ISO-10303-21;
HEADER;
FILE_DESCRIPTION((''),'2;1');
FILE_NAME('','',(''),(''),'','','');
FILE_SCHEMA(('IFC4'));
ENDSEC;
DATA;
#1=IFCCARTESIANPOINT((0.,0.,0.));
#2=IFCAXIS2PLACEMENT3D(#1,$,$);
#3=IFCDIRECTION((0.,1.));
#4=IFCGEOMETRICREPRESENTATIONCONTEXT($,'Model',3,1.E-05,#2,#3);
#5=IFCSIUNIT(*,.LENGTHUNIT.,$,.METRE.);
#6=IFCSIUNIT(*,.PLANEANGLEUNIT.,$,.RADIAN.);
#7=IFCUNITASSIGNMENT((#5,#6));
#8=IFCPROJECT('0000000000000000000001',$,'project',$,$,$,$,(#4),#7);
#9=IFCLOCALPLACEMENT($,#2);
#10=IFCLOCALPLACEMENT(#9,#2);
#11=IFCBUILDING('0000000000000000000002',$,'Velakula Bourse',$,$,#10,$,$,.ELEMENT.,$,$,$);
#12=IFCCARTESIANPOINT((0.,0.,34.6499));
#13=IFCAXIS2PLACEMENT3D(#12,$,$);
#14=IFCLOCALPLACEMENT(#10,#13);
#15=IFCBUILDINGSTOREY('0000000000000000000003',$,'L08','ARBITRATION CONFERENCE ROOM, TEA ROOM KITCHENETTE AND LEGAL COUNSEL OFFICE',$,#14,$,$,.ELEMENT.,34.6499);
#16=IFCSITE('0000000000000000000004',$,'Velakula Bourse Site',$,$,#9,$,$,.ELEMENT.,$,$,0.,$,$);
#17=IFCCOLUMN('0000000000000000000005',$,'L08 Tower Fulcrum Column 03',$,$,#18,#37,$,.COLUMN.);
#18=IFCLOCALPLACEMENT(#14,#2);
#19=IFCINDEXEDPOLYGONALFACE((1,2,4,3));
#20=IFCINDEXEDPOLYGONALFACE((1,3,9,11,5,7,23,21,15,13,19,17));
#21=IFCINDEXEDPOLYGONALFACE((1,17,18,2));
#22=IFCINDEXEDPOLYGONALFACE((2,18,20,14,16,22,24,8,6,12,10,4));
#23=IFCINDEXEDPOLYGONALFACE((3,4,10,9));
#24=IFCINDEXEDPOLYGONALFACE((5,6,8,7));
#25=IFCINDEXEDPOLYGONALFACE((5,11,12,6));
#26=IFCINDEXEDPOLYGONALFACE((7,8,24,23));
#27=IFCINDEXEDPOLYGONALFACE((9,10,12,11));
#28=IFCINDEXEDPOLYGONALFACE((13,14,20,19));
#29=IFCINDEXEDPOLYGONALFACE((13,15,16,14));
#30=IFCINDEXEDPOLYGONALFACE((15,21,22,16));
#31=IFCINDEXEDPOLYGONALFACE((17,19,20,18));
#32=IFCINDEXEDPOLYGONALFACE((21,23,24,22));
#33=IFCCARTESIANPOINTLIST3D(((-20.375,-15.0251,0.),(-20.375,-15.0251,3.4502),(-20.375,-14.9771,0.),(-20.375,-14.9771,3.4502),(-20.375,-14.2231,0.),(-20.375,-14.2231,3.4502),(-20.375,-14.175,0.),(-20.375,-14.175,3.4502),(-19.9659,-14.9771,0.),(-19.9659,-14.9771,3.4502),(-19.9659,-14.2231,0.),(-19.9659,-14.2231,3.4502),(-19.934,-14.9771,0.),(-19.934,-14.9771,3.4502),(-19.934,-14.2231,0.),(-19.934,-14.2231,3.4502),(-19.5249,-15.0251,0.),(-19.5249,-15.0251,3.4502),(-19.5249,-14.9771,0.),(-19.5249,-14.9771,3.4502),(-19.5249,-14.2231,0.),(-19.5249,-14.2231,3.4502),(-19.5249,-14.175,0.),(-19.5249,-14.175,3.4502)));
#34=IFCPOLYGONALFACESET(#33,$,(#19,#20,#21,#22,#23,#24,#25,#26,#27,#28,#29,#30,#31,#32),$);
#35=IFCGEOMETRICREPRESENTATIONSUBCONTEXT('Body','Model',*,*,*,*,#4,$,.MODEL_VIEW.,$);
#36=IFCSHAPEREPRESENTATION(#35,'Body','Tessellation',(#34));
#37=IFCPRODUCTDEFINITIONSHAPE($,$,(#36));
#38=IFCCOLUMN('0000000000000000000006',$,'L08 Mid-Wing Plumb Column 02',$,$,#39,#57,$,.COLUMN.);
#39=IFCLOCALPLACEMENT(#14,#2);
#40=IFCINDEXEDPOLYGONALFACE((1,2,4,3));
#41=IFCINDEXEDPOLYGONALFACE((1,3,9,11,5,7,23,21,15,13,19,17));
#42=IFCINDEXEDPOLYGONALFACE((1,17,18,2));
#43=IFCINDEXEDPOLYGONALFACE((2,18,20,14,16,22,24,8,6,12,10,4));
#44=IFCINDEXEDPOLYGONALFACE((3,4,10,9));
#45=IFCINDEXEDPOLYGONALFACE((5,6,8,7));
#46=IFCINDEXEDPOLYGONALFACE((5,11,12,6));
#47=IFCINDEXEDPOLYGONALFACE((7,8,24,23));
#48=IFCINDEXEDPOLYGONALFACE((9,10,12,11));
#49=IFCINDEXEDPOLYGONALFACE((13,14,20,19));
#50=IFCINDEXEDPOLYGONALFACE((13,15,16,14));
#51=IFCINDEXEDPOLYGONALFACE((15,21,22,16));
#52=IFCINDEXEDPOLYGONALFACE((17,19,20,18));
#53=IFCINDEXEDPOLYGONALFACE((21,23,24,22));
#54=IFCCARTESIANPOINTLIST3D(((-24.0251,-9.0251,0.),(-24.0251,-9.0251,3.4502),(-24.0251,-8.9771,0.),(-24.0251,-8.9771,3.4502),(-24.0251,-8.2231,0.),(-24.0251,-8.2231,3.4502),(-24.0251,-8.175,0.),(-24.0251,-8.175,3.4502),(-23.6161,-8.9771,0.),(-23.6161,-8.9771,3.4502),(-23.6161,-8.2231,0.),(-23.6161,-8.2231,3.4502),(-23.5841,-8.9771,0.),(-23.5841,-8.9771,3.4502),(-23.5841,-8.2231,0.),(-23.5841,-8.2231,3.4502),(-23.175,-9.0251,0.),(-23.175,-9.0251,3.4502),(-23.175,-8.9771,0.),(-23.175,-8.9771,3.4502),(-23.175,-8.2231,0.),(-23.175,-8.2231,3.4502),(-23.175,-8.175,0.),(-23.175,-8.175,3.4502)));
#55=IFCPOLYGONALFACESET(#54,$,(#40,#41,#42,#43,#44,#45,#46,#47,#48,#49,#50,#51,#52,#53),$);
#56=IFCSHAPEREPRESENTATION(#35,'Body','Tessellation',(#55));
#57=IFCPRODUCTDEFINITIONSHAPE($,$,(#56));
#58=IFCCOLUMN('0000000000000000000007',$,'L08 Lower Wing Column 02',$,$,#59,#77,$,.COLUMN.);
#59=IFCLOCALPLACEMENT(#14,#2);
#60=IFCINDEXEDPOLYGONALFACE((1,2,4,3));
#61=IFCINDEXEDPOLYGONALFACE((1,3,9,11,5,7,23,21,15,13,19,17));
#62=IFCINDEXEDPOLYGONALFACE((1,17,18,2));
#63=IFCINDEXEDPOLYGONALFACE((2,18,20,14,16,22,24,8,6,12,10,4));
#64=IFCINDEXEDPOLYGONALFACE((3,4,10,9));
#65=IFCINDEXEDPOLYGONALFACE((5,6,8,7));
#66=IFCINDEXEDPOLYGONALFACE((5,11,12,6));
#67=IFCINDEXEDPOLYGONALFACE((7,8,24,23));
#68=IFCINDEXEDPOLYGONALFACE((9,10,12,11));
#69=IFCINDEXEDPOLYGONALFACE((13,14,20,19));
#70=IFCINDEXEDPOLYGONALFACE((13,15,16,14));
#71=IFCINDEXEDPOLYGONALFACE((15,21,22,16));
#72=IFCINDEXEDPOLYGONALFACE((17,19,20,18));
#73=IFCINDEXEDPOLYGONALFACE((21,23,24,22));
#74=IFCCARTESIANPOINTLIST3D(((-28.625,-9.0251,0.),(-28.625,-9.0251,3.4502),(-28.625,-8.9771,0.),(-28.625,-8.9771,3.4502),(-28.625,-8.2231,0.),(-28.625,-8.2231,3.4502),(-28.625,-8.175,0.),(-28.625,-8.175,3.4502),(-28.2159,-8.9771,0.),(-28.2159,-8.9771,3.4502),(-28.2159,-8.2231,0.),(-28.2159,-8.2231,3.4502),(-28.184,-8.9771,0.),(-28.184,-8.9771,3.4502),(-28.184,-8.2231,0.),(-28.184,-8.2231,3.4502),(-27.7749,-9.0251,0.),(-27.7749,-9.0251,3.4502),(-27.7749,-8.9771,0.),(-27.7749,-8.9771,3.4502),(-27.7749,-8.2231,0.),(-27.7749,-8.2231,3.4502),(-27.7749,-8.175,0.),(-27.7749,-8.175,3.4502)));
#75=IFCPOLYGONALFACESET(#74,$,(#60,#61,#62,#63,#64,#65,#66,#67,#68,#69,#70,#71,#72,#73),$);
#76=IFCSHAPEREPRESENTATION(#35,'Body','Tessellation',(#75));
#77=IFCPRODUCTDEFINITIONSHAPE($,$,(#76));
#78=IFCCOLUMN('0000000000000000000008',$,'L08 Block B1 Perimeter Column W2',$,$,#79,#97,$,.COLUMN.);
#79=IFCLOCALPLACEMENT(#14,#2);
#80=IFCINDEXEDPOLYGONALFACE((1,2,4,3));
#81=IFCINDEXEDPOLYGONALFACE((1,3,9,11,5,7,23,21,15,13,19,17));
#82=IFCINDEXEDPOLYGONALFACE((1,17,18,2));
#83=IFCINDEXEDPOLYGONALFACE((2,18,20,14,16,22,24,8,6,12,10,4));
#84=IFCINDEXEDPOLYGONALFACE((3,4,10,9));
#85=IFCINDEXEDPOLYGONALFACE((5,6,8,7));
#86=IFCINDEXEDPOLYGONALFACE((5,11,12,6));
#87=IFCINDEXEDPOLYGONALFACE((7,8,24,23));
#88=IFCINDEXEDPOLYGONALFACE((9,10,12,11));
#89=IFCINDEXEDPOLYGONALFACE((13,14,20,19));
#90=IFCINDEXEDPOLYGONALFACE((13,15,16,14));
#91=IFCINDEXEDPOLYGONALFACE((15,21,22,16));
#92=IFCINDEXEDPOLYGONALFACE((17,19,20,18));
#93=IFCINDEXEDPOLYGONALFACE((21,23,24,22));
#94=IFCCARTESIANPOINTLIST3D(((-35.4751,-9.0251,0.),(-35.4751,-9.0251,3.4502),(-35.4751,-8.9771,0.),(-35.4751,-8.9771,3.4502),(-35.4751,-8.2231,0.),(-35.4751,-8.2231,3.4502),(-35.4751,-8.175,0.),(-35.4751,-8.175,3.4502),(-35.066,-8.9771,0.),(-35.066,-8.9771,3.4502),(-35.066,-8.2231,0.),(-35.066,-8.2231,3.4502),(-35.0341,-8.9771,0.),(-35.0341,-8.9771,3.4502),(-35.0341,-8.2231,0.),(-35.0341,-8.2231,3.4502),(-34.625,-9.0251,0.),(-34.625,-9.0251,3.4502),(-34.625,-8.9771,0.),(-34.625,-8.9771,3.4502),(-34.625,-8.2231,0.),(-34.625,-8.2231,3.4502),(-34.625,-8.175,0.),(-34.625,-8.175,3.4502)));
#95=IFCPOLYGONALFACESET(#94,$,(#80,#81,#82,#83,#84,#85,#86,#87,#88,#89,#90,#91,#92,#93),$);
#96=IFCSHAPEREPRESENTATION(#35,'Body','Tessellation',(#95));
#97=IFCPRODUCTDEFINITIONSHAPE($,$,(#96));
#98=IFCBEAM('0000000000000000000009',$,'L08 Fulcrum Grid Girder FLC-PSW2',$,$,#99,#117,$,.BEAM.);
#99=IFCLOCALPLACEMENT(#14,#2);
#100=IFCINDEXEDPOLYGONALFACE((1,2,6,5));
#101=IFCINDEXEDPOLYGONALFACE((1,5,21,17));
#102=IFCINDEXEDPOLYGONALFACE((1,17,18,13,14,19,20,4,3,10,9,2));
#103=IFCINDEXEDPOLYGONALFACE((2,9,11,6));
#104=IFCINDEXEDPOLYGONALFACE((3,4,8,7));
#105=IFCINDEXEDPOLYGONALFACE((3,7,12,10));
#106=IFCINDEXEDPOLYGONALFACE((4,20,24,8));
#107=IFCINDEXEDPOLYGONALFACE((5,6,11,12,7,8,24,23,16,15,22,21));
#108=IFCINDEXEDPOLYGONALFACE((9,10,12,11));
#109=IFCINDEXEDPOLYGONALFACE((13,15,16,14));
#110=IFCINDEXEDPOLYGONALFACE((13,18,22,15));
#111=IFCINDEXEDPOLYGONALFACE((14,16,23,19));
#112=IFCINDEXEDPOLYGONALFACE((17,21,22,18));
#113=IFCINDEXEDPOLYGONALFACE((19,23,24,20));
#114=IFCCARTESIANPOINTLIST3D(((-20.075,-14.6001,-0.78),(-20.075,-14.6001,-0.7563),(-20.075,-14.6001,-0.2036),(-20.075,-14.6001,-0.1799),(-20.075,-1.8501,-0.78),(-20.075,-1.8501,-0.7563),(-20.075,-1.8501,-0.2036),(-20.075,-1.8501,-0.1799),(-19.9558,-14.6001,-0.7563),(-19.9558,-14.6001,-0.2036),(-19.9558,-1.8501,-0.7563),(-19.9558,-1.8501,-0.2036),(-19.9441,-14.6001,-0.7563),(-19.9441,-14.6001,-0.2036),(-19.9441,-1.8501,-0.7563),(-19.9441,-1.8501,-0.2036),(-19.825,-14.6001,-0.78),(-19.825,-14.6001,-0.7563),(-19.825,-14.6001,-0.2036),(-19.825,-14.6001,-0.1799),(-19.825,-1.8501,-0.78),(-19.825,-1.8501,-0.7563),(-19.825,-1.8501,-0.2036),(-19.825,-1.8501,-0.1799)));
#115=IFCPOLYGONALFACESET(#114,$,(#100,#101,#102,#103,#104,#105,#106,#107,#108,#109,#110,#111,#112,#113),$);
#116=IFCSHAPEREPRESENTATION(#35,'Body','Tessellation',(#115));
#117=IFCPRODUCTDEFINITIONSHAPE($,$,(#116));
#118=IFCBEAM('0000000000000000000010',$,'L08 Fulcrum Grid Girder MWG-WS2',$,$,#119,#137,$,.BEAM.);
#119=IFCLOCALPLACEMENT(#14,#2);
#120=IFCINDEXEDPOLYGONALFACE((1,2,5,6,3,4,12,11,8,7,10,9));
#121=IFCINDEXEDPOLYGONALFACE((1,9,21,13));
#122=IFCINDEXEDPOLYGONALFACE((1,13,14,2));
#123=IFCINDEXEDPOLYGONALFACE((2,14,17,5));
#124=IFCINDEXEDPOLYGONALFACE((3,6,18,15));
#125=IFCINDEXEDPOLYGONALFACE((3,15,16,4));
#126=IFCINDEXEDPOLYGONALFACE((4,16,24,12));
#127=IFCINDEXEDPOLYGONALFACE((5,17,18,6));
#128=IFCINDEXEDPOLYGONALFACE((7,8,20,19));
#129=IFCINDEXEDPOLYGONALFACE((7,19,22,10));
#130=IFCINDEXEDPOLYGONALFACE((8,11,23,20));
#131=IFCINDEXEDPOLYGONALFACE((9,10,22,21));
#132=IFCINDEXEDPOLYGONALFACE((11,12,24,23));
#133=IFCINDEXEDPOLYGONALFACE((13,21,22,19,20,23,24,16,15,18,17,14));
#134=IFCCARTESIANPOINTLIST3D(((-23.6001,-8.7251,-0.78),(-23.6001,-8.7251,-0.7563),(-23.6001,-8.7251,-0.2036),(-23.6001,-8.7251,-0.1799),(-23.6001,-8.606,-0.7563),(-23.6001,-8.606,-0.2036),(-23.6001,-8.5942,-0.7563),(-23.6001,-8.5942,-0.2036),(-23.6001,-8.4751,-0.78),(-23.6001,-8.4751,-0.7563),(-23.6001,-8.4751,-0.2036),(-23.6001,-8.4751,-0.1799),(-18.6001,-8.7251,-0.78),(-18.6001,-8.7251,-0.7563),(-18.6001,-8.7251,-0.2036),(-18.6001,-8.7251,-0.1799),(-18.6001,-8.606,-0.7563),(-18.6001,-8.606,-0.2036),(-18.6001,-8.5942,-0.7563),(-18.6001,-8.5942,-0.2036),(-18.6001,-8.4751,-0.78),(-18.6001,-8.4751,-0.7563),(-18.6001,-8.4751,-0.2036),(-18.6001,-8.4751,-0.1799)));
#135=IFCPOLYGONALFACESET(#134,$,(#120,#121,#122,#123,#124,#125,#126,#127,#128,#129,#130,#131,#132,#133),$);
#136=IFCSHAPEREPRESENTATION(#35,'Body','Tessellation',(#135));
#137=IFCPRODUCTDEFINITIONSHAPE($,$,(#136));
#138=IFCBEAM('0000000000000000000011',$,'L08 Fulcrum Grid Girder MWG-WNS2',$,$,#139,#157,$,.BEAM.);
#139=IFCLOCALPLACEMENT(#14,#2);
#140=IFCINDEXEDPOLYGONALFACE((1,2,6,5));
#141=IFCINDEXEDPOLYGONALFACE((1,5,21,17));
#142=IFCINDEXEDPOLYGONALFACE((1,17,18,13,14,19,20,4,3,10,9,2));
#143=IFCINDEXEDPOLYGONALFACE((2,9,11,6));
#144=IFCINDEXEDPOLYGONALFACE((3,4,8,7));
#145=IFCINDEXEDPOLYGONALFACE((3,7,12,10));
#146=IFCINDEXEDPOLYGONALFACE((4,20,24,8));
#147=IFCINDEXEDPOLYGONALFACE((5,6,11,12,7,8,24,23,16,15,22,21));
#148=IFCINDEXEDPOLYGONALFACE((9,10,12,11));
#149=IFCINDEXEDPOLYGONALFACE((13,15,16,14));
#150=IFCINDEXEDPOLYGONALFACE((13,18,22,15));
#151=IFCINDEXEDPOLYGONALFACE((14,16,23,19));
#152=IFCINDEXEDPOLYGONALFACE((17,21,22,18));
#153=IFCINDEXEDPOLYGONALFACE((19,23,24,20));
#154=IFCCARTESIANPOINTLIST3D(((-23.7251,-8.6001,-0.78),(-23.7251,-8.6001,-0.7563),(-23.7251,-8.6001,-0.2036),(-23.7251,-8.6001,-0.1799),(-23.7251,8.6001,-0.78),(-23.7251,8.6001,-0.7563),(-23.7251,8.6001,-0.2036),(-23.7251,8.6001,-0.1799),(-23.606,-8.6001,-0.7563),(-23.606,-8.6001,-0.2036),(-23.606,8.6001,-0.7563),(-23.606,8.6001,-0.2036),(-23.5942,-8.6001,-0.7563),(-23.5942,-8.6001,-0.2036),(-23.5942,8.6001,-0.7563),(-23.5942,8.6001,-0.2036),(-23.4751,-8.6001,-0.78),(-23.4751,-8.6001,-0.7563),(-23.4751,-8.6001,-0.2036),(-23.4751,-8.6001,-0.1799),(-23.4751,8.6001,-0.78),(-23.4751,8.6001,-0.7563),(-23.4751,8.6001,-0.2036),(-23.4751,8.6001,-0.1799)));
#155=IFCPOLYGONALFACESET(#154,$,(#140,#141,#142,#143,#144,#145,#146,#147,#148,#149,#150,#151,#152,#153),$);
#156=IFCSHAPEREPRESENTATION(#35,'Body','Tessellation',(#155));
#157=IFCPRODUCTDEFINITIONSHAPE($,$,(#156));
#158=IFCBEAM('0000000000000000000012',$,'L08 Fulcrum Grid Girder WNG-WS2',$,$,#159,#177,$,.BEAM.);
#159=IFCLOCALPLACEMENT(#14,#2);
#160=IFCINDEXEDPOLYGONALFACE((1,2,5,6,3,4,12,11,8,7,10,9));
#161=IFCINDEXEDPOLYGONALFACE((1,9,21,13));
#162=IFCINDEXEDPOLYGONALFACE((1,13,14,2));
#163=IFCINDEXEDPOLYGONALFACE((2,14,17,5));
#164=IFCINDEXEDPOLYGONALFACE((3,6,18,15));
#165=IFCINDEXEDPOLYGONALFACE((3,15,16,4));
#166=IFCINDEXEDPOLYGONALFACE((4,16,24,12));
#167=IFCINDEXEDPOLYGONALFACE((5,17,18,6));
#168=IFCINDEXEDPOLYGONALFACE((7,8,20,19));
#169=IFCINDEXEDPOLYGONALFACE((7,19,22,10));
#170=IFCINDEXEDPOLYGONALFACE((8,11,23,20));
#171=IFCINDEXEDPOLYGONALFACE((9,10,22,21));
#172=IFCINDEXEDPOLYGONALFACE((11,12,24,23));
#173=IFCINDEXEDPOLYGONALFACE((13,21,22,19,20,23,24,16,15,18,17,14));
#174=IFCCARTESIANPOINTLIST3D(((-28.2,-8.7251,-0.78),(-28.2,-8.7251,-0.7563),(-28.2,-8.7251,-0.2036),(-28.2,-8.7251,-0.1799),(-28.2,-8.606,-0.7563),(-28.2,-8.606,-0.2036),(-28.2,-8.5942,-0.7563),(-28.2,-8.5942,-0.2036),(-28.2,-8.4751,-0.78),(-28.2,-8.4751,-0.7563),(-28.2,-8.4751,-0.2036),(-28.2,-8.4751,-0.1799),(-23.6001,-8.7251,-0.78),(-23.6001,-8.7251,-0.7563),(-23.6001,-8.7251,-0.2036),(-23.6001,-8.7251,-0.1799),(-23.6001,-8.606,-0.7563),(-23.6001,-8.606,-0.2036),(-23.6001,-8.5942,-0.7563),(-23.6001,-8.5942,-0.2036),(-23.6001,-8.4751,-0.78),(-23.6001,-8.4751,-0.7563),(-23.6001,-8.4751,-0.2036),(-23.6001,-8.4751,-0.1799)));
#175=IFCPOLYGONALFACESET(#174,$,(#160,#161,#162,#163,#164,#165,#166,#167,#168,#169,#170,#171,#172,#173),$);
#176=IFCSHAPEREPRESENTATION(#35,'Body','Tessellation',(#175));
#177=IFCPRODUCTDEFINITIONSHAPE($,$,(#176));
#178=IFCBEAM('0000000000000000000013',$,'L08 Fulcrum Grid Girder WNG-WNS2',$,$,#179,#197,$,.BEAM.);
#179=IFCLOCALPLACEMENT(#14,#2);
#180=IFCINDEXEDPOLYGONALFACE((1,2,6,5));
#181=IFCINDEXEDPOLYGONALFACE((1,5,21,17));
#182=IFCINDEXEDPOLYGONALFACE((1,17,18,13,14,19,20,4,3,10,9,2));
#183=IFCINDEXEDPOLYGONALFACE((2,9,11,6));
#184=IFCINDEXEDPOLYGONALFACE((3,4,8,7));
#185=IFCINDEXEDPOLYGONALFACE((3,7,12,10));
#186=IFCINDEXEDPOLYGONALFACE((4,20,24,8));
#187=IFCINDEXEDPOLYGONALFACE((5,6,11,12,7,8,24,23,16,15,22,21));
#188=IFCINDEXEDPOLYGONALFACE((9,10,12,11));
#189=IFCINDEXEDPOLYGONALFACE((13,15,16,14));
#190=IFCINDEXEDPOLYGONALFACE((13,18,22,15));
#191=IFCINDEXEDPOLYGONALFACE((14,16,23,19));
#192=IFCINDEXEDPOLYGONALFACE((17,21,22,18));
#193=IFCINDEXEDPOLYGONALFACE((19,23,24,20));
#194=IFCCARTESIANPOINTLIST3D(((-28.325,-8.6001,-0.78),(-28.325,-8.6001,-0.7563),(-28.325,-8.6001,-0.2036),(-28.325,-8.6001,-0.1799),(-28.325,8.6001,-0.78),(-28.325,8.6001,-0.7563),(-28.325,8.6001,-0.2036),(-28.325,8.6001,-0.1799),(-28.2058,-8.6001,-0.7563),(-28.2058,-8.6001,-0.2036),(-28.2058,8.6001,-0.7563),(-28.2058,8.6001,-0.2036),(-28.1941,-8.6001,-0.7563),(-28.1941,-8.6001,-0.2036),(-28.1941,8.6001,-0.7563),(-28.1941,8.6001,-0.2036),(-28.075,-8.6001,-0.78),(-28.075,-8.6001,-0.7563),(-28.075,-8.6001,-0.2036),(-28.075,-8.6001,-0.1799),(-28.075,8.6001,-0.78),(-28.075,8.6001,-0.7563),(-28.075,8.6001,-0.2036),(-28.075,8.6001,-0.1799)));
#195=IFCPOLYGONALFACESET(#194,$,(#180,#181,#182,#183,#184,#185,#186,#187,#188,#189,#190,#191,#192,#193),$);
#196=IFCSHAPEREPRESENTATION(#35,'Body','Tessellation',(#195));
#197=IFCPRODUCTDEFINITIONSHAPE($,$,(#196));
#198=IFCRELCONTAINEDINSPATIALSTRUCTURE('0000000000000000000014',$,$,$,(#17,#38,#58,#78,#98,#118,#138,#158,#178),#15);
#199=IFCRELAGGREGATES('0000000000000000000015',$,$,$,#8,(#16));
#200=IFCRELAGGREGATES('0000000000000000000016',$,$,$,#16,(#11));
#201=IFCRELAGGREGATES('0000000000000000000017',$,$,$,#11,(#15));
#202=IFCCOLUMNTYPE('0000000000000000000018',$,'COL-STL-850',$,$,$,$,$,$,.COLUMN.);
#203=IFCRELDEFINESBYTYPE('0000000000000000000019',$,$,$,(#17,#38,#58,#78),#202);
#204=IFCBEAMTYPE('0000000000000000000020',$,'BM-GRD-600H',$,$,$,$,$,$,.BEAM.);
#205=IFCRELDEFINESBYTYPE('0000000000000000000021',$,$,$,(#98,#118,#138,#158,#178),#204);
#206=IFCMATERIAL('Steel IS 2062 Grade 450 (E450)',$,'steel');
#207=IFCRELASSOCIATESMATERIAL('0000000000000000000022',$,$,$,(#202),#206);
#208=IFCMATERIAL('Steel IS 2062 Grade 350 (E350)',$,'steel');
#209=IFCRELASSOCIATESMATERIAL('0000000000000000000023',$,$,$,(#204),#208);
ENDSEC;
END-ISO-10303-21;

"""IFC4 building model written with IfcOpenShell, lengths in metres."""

from ifc_helpers import new_model, si_unit, direction, frame, origin, origin_2d, place, context, subcontext, project, spatial, i_section, extrude, material, material_profile, profile_set, type_object, element, save


model = new_model("IFC4")

# Units and contexts
model_context = context("Model", 3, precision=1e-05, world=origin(), true_north=direction((0.0, 1.0)))
body_context = subcontext(model_context, "Body", "Model", "MODEL_VIEW")
ifc_project = project(units=[si_unit("LENGTHUNIT", "METRE"), si_unit("PLANEANGLEUNIT", "RADIAN")], contexts=[model_context])

# Site, building, storey
site_placement = place(None, origin())
site = spatial("IfcSite", under=ifc_project, at=site_placement, Name="Velakula Bourse Site", CompositionType="ELEMENT", RefElevation=0.0)
building_placement = place(site_placement, origin())
building = spatial("IfcBuilding", under=site, at=building_placement, Name="Velakula Bourse", CompositionType="ELEMENT")
storey_placement = place(building_placement, frame((0.0, 0.0, 34.6499)))
storey = spatial("IfcBuildingStorey", under=building, at=storey_placement, Name="L08", Description="ARBITRATION CONFERENCE ROOM, TEA ROOM KITCHENETTE AND LEGAL COUNSEL OFFICE", CompositionType="ELEMENT", Elevation=34.6499)

# Columns
ifc_material_1 = material(Name="Steel IS 2062 Grade 450 (E450)", Category="steel")
ifc_material_profile_1 = material_profile(ifc_material_1, i_section(OverallWidth=0.8501, OverallDepth=0.8501, WebThickness=0.032, FlangeThickness=0.0481, at=origin_2d()), Name="Steel IS 2062 Grade 450 (E450)")
ifc_profile_set_1 = profile_set([ifc_material_profile_1], Name="Steel IS 2062 Grade 450 (E450)")
column_type = type_object("IfcColumnType", Name="COL-STL-850", PredefinedType="COLUMN", material=ifc_profile_set_1)
for number, where, z_axis, x_axis, name in (
    (1, (-19.95, -14.6001, 0.0), (0.0, 0.0, 1.0), (1.0, 0.0, 0.0), "L08 Tower Fulcrum Column 03"),
    (2, (-23.6001, -8.6001, 0.0), (0.0, 0.0, 1.0), (1.0, 0.0, 0.0), "L08 Mid-Wing Plumb Column 02"),
    (3, (-28.2, -8.6001, 0.0), (0.0, 0.0, 1.0), (1.0, 0.0, 0.0), "L08 Lower Wing Column 02"),
    (4, (-35.05, -8.6001, 0.0), (0.0, 0.0, 1.0), (1.0, 0.0, 0.0), "L08 Block B1 Perimeter Column W2"),
):
    element("IfcColumn", number, at=place(storey_placement, frame(where, z_axis=z_axis, x_axis=x_axis)), inside=storey, type_object=column_type, Name=name, PredefinedType="COLUMN", context=body_context, shape_type="SweptSolid", body=[
        extrude(i_section(OverallWidth=0.8501, OverallDepth=0.8501, WebThickness=0.032, FlangeThickness=0.0481, at=origin_2d()), origin(), (0.0, 0.0, 1.0), 3.4502),
    ])

# Beams
ifc_material_2 = material(Name="Steel IS 2062 Grade 350 (E350)", Category="steel")
ifc_material_profile_2 = material_profile(ifc_material_2, i_section(OverallWidth=0.25, OverallDepth=0.6001, WebThickness=0.0117, FlangeThickness=0.0237, at=origin_2d()), Name="Steel IS 2062 Grade 350 (E350)")
ifc_profile_set_2 = profile_set([ifc_material_profile_2], Name="Steel IS 2062 Grade 350 (E350)")
beam_type_1 = type_object("IfcBeamType", Name="BM-GRD-600H", PredefinedType="BEAM", material=ifc_profile_set_2)
beam_1_placement = place(storey_placement, frame((-19.95, -14.6001, -0.48), z_axis=(0.0, 1.0, 0.0), x_axis=(-1.0, 0.0, 0.0)))
element("IfcBeam", 5, at=beam_1_placement, inside=storey, type_object=beam_type_1, Name="L08 Fulcrum Grid Girder FLC-PSW2", PredefinedType="BEAM", context=body_context, shape_type="SweptSolid", body=[
    extrude(i_section(OverallWidth=0.25, OverallDepth=0.6001, WebThickness=0.0117, FlangeThickness=0.0237, at=origin_2d()), origin(), (0.0, 0.0, 1.0), 12.75),
])
beam_2_placement = place(storey_placement, frame((-23.6001, -8.6001, -0.48), z_axis=(1.0, 0.0, 0.0), x_axis=(0.0, 1.0, 0.0)))
element("IfcBeam", 6, at=beam_2_placement, inside=storey, type_object=beam_type_1, Name="L08 Fulcrum Grid Girder MWG-WS2", PredefinedType="BEAM", context=body_context, shape_type="SweptSolid", body=[
    extrude(i_section(OverallWidth=0.25, OverallDepth=0.6001, WebThickness=0.0117, FlangeThickness=0.0237, at=origin_2d()), origin(), (0.0, 0.0, 1.0), 5.0),
])
beam_3_placement = place(storey_placement, frame((-23.6001, -8.6001, -0.48), z_axis=(0.0, 1.0, 0.0), x_axis=(-1.0, 0.0, 0.0)))
element("IfcBeam", 7, at=beam_3_placement, inside=storey, type_object=beam_type_1, Name="L08 Fulcrum Grid Girder MWG-WNS2", PredefinedType="BEAM", context=body_context, shape_type="SweptSolid", body=[
    extrude(i_section(OverallWidth=0.25, OverallDepth=0.6001, WebThickness=0.0117, FlangeThickness=0.0237, at=origin_2d()), origin(), (0.0, 0.0, 1.0), 17.2002),
])
beam_4_placement = place(storey_placement, frame((-28.2, -8.6001, -0.48), z_axis=(1.0, 0.0, 0.0), x_axis=(0.0, 1.0, 0.0)))
element("IfcBeam", 8, at=beam_4_placement, inside=storey, type_object=beam_type_1, Name="L08 Fulcrum Grid Girder WNG-WS2", PredefinedType="BEAM", context=body_context, shape_type="SweptSolid", body=[
    extrude(i_section(OverallWidth=0.25, OverallDepth=0.6001, WebThickness=0.0117, FlangeThickness=0.0237, at=origin_2d()), origin(), (0.0, 0.0, 1.0), 4.5999),
])
beam_5_placement = place(storey_placement, frame((-28.2, -8.6001, -0.48), z_axis=(0.0, 1.0, 0.0), x_axis=(-1.0, 0.0, 0.0)))
element("IfcBeam", 9, at=beam_5_placement, inside=storey, type_object=beam_type_1, Name="L08 Fulcrum Grid Girder WNG-WNS2", PredefinedType="BEAM", context=body_context, shape_type="SweptSolid", body=[
    extrude(i_section(OverallWidth=0.25, OverallDepth=0.6001, WebThickness=0.0117, FlangeThickness=0.0237, at=origin_2d()), origin(), (0.0, 0.0, 1.0), 17.2002),
])

save(model, "model.ifc")
